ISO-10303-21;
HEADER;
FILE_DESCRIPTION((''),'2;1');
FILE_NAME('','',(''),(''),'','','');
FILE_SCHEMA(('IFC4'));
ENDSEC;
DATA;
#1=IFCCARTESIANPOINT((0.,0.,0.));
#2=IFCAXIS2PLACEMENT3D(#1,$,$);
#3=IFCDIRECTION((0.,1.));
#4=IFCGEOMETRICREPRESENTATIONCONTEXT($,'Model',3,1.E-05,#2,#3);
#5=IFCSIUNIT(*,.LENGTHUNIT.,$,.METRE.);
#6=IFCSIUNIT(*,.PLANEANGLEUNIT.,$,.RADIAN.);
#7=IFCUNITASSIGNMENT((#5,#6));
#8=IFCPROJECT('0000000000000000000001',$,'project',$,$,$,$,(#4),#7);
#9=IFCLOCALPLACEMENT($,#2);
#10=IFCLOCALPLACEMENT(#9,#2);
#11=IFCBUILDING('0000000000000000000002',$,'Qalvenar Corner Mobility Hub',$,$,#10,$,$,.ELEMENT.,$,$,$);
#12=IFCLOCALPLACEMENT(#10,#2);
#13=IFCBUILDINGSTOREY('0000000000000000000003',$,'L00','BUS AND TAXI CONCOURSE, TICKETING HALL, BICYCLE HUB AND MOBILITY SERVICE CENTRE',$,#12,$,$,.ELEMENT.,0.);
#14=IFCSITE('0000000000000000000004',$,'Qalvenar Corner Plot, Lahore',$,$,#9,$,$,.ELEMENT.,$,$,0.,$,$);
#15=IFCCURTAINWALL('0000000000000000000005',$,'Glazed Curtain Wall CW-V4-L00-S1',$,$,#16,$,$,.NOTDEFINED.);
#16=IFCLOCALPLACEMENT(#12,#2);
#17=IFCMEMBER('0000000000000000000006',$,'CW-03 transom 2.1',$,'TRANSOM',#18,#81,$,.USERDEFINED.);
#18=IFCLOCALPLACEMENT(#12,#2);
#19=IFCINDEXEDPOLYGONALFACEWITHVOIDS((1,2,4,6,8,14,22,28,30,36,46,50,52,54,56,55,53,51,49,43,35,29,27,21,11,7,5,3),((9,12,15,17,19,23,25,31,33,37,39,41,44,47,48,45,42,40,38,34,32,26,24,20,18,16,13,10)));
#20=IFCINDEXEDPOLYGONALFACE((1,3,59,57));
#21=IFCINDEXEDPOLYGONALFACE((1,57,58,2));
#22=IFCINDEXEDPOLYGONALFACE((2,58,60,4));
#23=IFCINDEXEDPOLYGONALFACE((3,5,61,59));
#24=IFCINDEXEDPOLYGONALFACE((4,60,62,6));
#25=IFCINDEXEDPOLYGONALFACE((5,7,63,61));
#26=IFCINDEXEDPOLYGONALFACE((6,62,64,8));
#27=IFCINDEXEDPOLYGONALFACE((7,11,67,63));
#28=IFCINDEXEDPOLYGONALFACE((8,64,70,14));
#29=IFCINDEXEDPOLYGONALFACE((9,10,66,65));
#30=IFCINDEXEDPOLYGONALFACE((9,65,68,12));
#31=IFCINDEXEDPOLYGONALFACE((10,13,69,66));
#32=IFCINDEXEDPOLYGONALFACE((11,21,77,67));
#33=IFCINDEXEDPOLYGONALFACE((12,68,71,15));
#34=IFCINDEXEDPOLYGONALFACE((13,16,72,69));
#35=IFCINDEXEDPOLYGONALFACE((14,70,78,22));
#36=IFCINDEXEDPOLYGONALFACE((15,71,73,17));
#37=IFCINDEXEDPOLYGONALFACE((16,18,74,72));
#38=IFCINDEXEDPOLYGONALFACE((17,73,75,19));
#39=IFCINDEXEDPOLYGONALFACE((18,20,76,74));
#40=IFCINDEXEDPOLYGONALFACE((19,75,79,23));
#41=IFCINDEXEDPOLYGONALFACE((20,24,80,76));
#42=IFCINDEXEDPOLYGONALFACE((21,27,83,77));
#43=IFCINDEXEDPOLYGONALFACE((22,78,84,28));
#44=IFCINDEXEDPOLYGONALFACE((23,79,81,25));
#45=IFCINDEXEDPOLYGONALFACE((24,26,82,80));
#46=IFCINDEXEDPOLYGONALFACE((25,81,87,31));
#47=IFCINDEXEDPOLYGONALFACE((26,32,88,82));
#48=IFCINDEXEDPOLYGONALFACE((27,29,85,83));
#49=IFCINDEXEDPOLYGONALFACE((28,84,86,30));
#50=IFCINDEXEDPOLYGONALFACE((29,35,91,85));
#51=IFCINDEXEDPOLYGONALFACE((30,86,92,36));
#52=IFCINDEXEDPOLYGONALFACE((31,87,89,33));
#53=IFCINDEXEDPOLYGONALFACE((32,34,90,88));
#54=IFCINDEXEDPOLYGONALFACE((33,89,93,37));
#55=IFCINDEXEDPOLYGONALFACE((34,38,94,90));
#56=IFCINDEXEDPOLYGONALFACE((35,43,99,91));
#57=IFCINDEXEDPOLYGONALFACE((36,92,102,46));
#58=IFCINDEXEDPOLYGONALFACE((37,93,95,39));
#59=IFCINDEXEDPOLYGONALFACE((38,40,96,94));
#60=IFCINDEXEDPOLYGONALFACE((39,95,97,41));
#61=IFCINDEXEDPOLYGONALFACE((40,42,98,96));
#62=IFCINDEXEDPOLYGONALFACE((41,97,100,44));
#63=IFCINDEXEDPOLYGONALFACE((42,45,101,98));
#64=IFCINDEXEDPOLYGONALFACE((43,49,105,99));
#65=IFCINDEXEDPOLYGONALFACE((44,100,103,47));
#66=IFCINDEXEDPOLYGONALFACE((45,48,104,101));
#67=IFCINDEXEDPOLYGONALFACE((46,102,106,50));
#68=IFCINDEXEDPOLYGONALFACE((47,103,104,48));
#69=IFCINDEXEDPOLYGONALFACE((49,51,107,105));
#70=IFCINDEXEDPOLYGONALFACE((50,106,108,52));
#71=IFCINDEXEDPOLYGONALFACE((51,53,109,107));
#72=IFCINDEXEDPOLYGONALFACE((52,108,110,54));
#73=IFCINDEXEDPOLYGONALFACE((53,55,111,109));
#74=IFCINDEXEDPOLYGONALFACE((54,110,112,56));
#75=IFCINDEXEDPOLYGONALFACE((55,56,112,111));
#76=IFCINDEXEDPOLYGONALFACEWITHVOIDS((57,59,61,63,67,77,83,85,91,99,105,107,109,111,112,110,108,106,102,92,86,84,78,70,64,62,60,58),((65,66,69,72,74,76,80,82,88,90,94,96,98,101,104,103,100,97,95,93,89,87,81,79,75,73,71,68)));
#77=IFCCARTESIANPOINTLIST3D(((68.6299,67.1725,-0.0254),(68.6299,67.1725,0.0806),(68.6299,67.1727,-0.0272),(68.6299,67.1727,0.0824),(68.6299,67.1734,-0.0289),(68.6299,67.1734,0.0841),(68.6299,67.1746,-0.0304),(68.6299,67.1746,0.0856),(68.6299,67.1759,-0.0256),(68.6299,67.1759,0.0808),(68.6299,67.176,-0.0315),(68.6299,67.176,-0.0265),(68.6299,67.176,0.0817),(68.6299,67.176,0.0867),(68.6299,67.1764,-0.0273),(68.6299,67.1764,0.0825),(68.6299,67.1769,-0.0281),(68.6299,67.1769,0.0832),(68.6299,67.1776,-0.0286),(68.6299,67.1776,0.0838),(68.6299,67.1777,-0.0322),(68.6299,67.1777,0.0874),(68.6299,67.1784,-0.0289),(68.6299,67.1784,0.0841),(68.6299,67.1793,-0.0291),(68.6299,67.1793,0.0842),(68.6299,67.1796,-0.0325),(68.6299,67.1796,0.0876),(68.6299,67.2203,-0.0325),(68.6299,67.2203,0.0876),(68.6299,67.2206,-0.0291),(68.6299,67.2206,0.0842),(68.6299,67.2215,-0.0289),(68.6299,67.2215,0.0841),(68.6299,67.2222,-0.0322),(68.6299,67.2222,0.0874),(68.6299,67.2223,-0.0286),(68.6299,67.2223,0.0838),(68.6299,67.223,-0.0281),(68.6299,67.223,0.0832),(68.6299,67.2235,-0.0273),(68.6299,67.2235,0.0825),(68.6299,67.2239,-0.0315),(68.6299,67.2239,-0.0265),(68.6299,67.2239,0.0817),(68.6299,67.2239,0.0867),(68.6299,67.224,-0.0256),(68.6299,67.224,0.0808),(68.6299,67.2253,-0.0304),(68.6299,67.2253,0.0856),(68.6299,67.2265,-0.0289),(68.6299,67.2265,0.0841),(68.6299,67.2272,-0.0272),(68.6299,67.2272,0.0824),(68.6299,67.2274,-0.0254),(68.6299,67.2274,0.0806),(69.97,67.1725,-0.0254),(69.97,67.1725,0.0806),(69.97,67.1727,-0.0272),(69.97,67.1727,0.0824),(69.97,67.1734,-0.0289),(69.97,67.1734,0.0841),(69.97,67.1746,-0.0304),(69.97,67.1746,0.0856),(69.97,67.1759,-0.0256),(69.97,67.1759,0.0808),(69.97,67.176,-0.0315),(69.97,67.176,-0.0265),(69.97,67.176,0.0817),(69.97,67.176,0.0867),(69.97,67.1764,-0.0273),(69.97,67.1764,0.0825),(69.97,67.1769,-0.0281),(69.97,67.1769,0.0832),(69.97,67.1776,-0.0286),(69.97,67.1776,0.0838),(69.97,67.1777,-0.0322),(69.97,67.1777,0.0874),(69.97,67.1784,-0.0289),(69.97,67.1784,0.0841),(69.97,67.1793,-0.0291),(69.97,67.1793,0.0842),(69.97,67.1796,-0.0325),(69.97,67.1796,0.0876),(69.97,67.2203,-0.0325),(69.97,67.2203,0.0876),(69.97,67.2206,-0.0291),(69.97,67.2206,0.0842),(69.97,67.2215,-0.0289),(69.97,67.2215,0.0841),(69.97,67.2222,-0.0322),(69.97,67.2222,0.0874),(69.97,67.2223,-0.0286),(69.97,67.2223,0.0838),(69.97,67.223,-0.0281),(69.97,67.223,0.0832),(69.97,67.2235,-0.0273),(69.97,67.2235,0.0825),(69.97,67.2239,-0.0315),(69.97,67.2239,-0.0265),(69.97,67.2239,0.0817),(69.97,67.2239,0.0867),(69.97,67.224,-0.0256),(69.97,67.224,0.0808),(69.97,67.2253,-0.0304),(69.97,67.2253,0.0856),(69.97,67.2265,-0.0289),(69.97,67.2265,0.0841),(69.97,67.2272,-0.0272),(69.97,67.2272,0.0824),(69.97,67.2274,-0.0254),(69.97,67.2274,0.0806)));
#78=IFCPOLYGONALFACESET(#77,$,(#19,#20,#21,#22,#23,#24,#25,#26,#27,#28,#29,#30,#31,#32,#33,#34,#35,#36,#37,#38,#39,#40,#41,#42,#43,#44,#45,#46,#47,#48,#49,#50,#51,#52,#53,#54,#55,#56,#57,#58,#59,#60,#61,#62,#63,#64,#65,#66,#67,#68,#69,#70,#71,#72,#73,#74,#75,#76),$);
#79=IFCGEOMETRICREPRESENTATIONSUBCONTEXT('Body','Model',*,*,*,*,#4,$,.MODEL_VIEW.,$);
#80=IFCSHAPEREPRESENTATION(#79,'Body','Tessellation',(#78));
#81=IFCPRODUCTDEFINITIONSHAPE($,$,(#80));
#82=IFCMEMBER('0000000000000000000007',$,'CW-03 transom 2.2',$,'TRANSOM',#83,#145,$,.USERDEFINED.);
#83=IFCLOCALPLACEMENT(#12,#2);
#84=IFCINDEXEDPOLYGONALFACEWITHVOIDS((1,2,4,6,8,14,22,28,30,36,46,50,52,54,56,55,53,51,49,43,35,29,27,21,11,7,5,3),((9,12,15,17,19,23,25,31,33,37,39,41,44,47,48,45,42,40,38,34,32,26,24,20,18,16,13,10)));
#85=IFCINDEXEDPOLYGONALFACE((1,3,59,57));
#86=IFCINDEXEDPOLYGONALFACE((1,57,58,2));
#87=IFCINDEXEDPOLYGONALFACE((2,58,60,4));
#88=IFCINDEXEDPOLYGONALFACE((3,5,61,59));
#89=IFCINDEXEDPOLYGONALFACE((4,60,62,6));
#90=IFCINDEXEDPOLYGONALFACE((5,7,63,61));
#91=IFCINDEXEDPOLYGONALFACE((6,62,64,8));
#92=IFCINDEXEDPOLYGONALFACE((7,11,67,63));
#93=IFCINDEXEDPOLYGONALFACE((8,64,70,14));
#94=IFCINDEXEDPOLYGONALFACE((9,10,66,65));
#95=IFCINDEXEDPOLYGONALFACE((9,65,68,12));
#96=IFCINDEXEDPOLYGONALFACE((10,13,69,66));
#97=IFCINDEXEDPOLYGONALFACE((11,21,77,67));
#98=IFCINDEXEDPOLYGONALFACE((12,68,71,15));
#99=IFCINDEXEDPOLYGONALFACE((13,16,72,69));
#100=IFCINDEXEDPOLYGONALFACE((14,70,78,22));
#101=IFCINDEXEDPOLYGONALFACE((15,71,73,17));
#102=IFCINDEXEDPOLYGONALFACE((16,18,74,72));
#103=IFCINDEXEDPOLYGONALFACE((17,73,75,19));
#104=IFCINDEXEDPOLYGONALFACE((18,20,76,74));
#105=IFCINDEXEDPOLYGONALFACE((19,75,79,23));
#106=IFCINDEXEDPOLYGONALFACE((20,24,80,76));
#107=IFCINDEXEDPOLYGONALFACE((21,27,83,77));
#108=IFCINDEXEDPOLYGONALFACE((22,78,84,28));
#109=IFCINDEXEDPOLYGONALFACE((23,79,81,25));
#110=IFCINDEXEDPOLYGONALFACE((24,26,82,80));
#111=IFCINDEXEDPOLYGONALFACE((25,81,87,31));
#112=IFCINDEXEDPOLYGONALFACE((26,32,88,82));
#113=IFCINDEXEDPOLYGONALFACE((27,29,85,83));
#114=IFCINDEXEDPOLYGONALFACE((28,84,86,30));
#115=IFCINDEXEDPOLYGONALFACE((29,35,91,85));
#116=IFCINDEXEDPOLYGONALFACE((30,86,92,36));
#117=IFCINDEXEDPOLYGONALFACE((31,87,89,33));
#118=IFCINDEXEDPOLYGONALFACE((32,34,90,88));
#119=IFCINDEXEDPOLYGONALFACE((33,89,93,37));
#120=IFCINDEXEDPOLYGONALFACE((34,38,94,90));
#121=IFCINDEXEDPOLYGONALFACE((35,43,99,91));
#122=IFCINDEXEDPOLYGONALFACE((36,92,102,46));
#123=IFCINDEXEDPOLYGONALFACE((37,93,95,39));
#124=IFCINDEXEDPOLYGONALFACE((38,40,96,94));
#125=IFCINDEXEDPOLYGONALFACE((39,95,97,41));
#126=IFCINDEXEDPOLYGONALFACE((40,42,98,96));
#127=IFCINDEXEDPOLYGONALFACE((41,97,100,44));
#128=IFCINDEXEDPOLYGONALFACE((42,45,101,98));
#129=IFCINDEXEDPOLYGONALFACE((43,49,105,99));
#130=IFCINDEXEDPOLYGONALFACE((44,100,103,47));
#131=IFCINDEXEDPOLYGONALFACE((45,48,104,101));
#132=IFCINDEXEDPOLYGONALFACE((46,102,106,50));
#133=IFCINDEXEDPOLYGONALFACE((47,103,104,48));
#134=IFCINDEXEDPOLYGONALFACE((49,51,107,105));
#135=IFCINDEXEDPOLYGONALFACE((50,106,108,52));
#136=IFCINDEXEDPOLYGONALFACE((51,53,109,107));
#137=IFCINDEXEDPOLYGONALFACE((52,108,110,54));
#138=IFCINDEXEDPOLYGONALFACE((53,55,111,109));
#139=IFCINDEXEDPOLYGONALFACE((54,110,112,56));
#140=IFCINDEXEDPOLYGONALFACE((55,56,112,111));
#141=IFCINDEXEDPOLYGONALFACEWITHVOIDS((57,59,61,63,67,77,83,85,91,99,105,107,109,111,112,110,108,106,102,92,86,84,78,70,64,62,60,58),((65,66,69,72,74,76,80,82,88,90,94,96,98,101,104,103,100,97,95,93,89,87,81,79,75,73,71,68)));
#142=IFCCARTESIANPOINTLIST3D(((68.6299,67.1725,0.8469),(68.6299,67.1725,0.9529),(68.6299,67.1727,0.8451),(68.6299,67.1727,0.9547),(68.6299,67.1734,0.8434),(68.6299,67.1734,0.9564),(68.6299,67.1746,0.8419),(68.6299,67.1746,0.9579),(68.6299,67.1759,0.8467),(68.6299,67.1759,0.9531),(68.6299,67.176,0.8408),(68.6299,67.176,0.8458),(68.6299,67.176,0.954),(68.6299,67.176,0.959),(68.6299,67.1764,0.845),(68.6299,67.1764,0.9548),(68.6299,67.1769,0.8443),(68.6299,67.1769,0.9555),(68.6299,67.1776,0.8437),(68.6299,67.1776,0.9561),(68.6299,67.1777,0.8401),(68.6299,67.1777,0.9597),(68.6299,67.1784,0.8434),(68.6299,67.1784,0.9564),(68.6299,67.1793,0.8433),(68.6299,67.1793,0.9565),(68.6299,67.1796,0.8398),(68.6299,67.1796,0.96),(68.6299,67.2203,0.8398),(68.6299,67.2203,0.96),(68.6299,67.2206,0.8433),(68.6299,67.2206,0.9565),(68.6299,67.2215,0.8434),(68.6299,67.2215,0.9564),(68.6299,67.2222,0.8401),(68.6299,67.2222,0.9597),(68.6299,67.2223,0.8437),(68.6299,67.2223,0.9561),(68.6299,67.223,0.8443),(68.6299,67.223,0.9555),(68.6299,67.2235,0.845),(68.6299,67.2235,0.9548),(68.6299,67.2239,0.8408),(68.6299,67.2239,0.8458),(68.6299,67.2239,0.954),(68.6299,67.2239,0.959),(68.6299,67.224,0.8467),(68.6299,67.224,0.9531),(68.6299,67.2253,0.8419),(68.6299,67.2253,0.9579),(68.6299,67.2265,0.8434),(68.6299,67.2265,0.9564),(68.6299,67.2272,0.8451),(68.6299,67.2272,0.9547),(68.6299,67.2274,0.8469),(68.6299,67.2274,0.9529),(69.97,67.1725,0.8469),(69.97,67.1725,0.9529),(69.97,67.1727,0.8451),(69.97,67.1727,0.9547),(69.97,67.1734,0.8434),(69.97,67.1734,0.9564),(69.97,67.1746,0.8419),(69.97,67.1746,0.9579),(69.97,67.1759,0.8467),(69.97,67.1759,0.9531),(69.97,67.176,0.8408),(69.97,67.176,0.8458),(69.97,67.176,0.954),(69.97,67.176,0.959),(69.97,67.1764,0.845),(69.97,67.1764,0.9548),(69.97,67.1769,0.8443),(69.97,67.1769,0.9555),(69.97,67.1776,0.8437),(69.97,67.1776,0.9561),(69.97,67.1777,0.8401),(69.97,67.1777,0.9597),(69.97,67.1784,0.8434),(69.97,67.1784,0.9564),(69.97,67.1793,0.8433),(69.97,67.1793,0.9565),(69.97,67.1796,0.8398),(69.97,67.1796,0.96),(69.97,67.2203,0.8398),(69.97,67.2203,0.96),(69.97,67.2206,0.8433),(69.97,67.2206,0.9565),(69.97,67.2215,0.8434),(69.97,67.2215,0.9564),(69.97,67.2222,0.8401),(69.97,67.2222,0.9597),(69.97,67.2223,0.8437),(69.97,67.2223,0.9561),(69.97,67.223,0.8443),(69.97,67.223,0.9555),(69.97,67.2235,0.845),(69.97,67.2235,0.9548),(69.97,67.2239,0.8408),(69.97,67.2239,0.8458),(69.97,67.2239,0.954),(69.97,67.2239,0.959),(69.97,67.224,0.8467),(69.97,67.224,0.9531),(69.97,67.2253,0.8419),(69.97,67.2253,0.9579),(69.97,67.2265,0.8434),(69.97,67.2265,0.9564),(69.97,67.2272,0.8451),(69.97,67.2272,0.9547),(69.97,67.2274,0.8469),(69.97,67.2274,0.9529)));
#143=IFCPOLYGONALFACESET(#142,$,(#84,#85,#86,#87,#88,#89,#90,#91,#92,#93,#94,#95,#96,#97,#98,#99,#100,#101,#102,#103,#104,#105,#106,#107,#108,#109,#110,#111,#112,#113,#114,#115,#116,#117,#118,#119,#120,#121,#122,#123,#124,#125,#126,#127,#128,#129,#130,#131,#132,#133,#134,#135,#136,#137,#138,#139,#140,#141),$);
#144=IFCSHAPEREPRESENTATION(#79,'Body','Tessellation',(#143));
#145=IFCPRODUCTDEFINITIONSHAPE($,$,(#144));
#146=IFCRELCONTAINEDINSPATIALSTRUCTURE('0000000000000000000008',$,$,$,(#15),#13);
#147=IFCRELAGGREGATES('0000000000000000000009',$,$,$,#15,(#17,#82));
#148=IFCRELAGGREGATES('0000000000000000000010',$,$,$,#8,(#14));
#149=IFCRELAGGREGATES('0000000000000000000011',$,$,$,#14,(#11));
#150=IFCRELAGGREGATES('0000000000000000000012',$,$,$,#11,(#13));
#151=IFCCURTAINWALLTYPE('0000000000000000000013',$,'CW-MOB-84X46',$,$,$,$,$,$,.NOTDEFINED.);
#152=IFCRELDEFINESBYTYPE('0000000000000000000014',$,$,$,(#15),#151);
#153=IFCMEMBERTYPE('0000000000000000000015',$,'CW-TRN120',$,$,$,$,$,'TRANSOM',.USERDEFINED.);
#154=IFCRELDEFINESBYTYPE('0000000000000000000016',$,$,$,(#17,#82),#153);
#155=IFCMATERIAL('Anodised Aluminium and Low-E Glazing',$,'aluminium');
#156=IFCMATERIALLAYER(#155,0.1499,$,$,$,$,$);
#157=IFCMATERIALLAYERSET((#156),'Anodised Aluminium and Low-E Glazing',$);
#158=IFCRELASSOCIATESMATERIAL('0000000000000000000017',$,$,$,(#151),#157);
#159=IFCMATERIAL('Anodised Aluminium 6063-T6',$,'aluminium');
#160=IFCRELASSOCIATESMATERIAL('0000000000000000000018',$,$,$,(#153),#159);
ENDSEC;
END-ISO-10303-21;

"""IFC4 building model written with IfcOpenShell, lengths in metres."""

from ifc_helpers import new_model, si_unit, direction, frame, origin, origin_2d, place, context, subcontext, project, spatial, hollow_rectangle, extrude, material, layer, layer_set, material_profile, profile_set, type_object, element, aggregate, save


model = new_model("IFC4")

# Units and contexts
model_context = context("Model", 3, precision=1e-05, world=origin(), true_north=direction((0.0, 1.0)))
body_context = subcontext(model_context, "Body", "Model", "MODEL_VIEW")
ifc_project = project(units=[si_unit("LENGTHUNIT", "METRE"), si_unit("PLANEANGLEUNIT", "RADIAN")], contexts=[model_context])

# Site, building, storey
site_placement = place(None, origin())
site = spatial("IfcSite", under=ifc_project, at=site_placement, Name="Qalvenar Corner Plot, Lahore", CompositionType="ELEMENT", RefElevation=0.0)
building_placement = place(site_placement, origin())
building = spatial("IfcBuilding", under=site, at=building_placement, Name="Qalvenar Corner Mobility Hub", CompositionType="ELEMENT")
storey_placement = place(building_placement, origin())
storey = spatial("IfcBuildingStorey", under=building, at=storey_placement, Name="L00", Description="BUS AND TAXI CONCOURSE, TICKETING HALL, BICYCLE HUB AND MOBILITY SERVICE CENTRE", CompositionType="ELEMENT", Elevation=0.0)

# Curtain wall, members
ifc_material_1 = material(Name="Anodised Aluminium and Low-E Glazing", Category="aluminium")
ifc_layer_1 = layer(ifc_material_1, 0.1499)
ifc_layer_set_1 = layer_set([ifc_layer_1], Name="Anodised Aluminium and Low-E Glazing")
curtain_wall_type = type_object("IfcCurtainWallType", Name="CW-MOB-84X46", PredefinedType="NOTDEFINED", material=ifc_layer_set_1)
curtain_wall_placement = place(storey_placement, origin())
curtain_wall = element("IfcCurtainWall", 1, at=curtain_wall_placement, inside=storey, type_object=curtain_wall_type, Name="Glazed Curtain Wall CW-V4-L00-S1", PredefinedType="NOTDEFINED")
ifc_material_2 = material(Name="Anodised Aluminium 6063-T6", Category="aluminium")
ifc_material_profile_1 = material_profile(ifc_material_2, hollow_rectangle(XDim=0.0549, YDim=0.1201, WallThickness=0.0034, InnerFilletRadius=0.0034, OuterFilletRadius=0.0071, at=origin_2d()), Name="RHS120x55x3.5")
ifc_profile_set_1 = profile_set([ifc_material_profile_1], Name="Anodised Aluminium 6063-T6")
member_type_1 = type_object("IfcMemberType", Name="CW-TRN120", ElementType="TRANSOM", PredefinedType="USERDEFINED", material=ifc_profile_set_1)
member_1_placement = place(storey_placement, frame((68.6299, 67.2, 0.0276), z_axis=(1.0, 0.0, 0.0), x_axis=(0.0, 1.0, 0.0)))
member_1 = element("IfcMember", 2, at=member_1_placement, type_object=member_type_1, Name="CW-03 transom 2.1", ObjectType="TRANSOM", PredefinedType="USERDEFINED", context=body_context, shape_type="SweptSolid", body=[
    extrude(hollow_rectangle(XDim=0.0549, YDim=0.1201, WallThickness=0.0034, InnerFilletRadius=0.0034, OuterFilletRadius=0.0071, at=origin_2d()), origin(), (0.0, 0.0, 1.0), 1.3401),
])
member_2_placement = place(storey_placement, frame((68.6299, 67.2, 0.8999), z_axis=(1.0, 0.0, 0.0), x_axis=(0.0, 1.0, 0.0)))
member_2 = element("IfcMember", 3, at=member_2_placement, type_object=member_type_1, Name="CW-03 transom 2.2", ObjectType="TRANSOM", PredefinedType="USERDEFINED", context=body_context, shape_type="SweptSolid", body=[
    extrude(hollow_rectangle(XDim=0.0549, YDim=0.1201, WallThickness=0.0034, InnerFilletRadius=0.0034, OuterFilletRadius=0.0071, at=origin_2d()), origin(), (0.0, 0.0, 1.0), 1.3401),
])
aggregate(curtain_wall, [member_1, member_2])

save(model, "model.ifc")
